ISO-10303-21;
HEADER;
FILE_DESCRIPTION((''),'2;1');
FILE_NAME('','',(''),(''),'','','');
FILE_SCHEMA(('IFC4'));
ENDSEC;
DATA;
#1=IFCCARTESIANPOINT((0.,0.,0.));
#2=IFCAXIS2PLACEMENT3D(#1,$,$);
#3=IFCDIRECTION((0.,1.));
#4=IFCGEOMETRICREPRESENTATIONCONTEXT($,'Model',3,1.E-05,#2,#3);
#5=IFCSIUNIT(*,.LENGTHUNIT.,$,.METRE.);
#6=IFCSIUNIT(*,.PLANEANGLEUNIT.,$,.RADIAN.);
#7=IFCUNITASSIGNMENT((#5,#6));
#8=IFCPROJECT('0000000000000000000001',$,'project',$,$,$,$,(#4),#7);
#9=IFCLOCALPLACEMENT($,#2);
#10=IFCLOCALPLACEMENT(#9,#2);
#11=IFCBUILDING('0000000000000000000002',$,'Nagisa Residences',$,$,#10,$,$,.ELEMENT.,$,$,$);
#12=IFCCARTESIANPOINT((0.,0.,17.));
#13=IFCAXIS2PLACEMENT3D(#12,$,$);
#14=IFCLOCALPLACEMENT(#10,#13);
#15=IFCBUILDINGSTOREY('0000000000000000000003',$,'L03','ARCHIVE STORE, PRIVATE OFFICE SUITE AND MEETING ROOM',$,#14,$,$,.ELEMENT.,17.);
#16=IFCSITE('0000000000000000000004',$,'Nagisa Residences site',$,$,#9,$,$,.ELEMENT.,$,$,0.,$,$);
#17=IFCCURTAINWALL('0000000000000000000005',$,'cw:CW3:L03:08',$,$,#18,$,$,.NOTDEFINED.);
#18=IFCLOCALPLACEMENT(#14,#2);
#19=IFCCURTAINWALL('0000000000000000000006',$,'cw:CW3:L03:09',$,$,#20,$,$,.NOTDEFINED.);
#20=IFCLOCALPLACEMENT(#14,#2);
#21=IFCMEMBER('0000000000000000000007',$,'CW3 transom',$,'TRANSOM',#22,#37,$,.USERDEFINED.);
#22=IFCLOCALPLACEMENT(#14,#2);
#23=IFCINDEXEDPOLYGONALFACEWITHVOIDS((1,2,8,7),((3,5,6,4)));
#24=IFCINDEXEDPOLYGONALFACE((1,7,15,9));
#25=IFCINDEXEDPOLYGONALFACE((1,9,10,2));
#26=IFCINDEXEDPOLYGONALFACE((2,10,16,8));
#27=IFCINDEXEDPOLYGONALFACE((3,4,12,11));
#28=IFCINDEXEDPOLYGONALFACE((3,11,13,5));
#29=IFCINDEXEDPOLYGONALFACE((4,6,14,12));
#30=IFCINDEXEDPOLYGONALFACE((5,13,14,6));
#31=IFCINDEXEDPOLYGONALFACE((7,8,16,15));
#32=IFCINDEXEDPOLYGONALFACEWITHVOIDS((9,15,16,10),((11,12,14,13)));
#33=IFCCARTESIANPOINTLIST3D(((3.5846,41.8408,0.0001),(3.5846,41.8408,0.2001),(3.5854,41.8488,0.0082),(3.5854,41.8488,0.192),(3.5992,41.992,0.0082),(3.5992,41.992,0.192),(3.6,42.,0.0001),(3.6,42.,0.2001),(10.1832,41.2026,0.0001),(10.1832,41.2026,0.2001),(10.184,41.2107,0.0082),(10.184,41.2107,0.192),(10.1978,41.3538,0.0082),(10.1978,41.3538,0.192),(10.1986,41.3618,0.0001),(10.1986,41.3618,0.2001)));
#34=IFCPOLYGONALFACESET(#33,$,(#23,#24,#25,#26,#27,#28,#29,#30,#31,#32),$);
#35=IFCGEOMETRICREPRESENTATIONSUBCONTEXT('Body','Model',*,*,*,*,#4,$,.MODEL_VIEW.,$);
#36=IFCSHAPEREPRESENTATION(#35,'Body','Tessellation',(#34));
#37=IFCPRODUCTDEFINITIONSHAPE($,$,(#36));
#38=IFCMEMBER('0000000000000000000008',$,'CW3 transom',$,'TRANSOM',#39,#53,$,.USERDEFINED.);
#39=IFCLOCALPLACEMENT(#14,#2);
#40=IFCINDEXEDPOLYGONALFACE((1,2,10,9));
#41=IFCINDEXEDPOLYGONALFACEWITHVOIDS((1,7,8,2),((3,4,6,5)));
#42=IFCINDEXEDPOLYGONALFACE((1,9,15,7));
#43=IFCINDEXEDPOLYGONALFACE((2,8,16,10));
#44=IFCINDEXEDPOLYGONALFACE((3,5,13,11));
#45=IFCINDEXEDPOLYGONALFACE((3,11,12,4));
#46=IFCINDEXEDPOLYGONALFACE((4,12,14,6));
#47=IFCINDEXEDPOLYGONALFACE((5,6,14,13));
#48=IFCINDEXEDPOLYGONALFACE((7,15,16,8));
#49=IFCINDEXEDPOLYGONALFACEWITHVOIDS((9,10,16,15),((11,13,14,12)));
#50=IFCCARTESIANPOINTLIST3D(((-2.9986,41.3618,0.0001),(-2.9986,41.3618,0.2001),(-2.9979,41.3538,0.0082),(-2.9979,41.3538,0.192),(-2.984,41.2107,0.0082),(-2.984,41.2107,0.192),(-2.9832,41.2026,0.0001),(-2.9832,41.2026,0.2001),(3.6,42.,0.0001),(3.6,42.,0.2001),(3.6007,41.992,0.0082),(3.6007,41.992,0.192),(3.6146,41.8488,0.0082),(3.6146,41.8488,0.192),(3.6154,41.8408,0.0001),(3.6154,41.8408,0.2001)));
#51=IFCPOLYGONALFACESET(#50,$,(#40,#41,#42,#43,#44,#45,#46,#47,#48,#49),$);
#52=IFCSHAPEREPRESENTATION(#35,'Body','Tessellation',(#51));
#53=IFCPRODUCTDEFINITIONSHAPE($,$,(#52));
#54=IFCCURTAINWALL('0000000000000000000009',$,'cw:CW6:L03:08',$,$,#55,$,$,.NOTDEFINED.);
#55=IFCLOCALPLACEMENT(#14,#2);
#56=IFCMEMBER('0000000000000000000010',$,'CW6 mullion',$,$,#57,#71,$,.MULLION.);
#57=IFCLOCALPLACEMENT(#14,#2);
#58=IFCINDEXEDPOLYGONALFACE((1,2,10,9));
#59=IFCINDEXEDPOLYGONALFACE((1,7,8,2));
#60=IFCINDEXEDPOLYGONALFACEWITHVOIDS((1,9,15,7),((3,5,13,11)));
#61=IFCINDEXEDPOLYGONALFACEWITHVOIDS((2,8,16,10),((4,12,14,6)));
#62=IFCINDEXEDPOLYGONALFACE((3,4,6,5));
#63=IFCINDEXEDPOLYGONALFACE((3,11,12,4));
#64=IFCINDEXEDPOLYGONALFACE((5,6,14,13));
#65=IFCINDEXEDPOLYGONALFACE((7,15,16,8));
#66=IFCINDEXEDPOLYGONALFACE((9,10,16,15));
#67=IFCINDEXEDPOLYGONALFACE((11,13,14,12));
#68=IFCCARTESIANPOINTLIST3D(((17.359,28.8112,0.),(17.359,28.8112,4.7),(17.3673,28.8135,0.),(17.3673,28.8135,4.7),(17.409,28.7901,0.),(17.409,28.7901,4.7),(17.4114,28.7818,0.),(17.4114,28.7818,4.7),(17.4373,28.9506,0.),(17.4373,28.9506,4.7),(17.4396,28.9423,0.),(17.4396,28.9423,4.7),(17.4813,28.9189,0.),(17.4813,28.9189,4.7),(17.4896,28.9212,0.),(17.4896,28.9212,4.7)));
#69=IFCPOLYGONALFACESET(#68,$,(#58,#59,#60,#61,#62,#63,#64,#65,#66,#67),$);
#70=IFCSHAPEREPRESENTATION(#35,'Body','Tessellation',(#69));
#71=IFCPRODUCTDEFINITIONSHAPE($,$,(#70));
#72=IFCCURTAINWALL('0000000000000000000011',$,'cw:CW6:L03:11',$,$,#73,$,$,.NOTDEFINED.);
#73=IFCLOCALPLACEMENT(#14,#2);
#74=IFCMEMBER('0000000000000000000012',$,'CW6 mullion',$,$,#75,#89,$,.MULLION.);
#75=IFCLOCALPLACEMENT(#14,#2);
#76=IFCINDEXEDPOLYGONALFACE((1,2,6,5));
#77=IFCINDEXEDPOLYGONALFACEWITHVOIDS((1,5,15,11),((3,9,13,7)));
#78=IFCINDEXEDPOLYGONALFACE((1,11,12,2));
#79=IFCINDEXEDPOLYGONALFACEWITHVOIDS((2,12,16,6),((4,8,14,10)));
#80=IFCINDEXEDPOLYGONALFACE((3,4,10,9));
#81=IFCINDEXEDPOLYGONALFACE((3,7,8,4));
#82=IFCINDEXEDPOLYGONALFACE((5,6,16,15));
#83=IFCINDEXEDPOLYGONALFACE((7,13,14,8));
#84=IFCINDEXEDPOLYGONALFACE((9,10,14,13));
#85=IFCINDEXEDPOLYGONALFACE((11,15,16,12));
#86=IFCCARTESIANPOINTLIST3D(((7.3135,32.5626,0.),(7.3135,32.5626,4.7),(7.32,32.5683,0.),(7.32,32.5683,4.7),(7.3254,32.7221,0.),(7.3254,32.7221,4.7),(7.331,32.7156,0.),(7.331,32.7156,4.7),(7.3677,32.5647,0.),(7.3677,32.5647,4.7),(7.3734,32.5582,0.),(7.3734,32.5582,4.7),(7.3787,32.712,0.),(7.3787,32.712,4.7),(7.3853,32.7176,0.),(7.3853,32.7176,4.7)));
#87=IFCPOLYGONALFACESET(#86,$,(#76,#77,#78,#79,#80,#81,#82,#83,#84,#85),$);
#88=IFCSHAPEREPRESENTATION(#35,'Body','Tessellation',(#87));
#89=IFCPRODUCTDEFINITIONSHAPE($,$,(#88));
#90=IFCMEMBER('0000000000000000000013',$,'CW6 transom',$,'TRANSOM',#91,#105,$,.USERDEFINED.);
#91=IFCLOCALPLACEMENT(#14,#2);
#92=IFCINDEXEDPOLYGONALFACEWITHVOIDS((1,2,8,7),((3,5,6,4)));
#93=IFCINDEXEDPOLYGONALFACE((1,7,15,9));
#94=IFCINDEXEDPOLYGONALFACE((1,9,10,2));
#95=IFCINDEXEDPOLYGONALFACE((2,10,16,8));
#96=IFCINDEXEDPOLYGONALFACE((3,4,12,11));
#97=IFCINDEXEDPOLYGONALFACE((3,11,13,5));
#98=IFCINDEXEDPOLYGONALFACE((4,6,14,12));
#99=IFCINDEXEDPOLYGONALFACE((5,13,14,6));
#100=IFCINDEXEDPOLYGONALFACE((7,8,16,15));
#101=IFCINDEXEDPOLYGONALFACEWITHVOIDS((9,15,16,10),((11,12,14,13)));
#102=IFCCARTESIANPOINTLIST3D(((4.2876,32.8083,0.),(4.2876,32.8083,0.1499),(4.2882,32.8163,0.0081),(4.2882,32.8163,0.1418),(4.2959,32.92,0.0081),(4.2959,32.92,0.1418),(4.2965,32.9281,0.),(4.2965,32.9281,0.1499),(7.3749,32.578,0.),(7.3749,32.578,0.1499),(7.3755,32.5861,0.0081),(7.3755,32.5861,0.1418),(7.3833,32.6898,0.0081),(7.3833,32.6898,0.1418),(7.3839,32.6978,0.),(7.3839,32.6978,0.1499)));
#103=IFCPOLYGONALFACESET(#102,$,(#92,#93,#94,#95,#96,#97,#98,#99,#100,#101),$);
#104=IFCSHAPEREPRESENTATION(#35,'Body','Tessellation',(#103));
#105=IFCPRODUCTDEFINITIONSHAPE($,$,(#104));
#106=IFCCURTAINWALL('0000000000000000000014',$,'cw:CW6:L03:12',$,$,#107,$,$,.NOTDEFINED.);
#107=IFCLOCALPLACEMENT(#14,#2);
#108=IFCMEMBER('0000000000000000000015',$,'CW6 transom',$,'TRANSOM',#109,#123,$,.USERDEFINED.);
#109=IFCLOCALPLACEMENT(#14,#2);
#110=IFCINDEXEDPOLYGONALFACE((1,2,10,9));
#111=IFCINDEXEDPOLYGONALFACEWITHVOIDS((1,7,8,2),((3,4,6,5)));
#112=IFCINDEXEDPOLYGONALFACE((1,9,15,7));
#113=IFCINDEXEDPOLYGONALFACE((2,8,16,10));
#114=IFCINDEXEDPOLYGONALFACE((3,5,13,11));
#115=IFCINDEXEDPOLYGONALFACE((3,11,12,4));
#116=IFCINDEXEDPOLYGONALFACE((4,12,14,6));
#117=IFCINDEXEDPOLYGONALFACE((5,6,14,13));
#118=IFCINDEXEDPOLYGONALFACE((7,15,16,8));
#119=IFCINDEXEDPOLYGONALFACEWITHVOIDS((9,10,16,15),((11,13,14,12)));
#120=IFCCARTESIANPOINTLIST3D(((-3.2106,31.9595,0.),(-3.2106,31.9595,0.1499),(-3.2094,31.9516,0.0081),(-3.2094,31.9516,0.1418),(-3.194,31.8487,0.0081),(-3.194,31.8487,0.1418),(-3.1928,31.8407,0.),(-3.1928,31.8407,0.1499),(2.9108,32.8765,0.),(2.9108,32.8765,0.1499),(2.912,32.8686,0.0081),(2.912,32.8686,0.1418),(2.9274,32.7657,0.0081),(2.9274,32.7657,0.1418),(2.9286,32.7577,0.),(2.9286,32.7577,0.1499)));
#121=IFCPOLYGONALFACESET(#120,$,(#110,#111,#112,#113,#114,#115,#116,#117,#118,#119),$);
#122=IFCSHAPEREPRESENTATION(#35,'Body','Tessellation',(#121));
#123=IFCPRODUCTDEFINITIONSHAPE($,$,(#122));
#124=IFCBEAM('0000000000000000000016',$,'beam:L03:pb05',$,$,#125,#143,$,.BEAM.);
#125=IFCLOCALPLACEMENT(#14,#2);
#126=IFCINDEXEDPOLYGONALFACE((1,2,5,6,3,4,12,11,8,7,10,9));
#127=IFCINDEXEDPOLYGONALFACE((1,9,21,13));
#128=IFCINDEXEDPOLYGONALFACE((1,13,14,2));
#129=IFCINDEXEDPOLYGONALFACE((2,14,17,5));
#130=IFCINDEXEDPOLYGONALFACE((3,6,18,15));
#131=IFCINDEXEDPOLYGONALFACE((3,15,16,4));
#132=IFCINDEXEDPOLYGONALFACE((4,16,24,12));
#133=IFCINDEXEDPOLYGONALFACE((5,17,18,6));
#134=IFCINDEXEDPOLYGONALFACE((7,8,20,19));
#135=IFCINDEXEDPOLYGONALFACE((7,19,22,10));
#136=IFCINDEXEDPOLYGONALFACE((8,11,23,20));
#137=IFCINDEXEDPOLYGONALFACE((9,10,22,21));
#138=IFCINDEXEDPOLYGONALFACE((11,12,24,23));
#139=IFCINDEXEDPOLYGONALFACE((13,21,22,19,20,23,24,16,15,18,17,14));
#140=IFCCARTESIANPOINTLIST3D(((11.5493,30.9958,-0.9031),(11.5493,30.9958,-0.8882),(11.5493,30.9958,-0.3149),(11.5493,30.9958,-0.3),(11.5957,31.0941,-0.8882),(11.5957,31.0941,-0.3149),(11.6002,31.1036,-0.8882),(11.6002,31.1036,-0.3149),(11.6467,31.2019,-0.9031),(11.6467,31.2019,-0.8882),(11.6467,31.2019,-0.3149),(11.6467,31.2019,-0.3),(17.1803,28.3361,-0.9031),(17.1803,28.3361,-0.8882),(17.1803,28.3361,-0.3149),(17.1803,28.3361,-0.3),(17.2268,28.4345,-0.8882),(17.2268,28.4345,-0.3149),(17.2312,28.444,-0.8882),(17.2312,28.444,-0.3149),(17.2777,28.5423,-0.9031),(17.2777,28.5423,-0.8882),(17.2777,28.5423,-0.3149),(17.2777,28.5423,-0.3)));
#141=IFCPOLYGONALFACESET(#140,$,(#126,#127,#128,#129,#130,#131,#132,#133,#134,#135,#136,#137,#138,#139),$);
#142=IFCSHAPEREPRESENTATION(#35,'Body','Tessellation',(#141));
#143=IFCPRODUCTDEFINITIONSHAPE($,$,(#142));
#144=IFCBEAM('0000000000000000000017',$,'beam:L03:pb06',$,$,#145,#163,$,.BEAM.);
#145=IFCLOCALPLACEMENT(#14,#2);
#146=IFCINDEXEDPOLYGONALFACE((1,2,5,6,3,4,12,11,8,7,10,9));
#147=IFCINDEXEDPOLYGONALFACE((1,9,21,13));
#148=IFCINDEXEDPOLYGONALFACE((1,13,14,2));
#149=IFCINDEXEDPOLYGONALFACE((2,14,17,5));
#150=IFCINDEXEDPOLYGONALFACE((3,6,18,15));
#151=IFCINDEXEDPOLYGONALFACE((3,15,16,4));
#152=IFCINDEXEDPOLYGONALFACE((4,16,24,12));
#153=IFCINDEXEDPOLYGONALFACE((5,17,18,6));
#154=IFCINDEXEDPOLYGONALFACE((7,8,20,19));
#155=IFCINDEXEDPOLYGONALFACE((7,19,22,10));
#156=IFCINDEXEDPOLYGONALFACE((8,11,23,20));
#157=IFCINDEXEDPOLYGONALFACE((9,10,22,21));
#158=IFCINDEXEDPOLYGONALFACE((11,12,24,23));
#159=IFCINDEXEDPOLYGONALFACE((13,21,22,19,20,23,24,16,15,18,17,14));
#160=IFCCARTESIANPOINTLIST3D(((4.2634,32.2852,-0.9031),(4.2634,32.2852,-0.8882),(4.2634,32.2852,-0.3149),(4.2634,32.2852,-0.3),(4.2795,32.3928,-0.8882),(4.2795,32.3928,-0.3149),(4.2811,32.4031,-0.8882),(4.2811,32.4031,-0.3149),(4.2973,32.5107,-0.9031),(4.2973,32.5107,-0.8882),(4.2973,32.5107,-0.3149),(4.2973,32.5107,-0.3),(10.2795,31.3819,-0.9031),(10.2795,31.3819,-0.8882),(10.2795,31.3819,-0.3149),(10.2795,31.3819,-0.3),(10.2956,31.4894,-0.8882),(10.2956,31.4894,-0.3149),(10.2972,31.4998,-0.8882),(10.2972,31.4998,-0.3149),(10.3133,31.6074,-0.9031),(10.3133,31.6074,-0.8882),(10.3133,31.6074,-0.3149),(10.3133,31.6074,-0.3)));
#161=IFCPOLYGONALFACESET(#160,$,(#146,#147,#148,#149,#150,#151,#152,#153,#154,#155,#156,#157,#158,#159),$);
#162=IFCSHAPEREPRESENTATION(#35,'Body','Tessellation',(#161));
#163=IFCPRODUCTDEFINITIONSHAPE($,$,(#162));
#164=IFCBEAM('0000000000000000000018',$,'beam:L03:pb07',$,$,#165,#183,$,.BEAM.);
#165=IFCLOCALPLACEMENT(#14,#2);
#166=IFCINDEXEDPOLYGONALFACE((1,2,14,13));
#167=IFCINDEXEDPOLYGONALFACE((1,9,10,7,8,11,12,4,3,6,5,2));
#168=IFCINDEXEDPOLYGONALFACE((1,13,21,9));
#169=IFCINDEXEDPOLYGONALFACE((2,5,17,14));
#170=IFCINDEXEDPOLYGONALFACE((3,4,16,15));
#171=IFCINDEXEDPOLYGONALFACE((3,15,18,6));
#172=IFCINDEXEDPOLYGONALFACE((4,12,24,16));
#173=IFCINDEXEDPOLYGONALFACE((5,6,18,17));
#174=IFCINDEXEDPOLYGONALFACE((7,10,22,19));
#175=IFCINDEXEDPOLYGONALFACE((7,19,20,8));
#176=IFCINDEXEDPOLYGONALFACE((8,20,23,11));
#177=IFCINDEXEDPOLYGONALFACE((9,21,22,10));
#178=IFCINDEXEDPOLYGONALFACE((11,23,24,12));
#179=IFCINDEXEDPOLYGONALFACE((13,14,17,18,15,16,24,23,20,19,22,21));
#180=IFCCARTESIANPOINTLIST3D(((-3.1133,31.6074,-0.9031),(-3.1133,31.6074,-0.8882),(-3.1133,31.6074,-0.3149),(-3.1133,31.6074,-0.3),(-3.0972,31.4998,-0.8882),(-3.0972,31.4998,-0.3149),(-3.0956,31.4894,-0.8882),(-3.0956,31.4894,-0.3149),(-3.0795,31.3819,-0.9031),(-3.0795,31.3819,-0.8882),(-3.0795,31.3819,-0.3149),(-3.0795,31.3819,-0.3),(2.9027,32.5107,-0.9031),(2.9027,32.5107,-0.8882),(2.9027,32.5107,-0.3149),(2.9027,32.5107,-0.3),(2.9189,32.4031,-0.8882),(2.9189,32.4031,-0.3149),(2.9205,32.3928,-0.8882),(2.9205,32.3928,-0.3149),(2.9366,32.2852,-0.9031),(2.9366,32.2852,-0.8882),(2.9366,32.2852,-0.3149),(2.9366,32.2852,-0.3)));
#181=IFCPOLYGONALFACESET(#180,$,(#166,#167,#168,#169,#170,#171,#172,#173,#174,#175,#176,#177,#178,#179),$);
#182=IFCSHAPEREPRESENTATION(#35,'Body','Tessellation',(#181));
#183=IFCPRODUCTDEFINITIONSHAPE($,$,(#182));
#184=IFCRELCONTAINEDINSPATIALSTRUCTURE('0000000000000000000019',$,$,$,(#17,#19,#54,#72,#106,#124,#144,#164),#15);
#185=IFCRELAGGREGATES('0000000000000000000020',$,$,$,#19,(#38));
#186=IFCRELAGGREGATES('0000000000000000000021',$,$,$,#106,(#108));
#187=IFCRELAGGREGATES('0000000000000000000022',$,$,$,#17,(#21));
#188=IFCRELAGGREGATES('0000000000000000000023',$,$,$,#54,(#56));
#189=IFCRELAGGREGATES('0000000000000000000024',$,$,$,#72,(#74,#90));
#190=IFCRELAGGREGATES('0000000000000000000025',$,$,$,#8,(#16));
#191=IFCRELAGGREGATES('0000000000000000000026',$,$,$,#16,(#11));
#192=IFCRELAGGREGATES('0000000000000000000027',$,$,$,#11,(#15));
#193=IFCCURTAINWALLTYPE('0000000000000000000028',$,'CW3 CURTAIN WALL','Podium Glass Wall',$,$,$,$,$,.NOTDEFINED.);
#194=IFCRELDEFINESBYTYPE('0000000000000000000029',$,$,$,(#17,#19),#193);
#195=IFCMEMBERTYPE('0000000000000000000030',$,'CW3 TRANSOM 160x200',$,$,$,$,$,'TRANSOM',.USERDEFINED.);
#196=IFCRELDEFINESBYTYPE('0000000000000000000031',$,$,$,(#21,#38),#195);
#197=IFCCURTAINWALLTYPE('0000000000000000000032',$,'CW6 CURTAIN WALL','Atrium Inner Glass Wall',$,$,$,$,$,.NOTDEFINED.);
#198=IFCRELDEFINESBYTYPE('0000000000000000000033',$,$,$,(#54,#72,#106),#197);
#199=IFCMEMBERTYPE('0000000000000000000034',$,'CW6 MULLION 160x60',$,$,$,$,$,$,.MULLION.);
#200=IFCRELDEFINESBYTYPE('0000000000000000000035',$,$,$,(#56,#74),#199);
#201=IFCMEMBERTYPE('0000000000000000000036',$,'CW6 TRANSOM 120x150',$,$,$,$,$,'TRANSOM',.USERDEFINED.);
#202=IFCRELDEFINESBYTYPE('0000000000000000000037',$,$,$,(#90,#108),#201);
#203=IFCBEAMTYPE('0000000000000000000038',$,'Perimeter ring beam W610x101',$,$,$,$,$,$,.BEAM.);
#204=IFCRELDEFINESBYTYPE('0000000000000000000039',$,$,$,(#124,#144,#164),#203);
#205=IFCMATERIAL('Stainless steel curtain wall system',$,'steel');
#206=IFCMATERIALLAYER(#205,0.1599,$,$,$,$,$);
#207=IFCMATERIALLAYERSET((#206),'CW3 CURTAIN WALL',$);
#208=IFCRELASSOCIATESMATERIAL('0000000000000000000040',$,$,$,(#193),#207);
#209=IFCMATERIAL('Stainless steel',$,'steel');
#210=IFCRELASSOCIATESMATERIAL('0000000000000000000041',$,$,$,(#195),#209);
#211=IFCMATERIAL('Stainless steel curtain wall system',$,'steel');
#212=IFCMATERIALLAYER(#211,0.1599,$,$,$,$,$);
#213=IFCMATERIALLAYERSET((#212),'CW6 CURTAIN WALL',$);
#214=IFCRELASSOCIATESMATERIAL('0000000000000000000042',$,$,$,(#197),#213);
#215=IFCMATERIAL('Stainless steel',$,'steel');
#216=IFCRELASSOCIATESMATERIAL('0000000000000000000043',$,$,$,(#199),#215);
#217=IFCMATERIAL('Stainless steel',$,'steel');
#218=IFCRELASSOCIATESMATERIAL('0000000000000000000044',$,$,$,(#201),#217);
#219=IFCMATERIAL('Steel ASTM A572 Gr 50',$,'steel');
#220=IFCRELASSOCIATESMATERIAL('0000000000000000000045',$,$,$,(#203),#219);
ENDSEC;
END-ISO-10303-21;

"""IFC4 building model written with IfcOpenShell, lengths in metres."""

from ifc_helpers import new_model, si_unit, direction, frame, origin, origin_2d, place, context, subcontext, project, spatial, hollow_rectangle, i_section, extrude, material, layer, layer_set, material_profile, profile_set, type_object, element, aggregate, save


model = new_model("IFC4")

# Units and contexts
model_context = context("Model", 3, precision=1e-05, world=origin(), true_north=direction((0.0, 1.0)))
body_context = subcontext(model_context, "Body", "Model", "MODEL_VIEW")
ifc_project = project(units=[si_unit("LENGTHUNIT", "METRE"), si_unit("PLANEANGLEUNIT", "RADIAN")], contexts=[model_context])

# Site, building, storey
site_placement = place(None, origin())
site = spatial("IfcSite", under=ifc_project, at=site_placement, Name="Nagisa Residences site", CompositionType="ELEMENT", RefElevation=0.0)
building_placement = place(site_placement, origin())
building = spatial("IfcBuilding", under=site, at=building_placement, Name="Nagisa Residences", CompositionType="ELEMENT")
storey_placement = place(building_placement, frame((0.0, 0.0, 17.0)))
storey = spatial("IfcBuildingStorey", under=building, at=storey_placement, Name="L03", Description="ARCHIVE STORE, PRIVATE OFFICE SUITE AND MEETING ROOM", CompositionType="ELEMENT", Elevation=17.0)

# Shared definitions
ifc_material_1 = material(Name="Stainless steel curtain wall system", Category="steel")
ifc_layer_1 = layer(ifc_material_1, 0.1599)
ifc_layer_set_1 = layer_set([ifc_layer_1], Name="CW3 CURTAIN WALL")
curtain_wall_type_1 = type_object("IfcCurtainWallType", Name="CW3 CURTAIN WALL", Description="Podium Glass Wall", PredefinedType="NOTDEFINED", material=ifc_layer_set_1)

# Curtain wall
curtain_wall_1_placement = place(storey_placement, origin())
curtain_wall_1 = element("IfcCurtainWall", 1, at=curtain_wall_1_placement, inside=storey, type_object=curtain_wall_type_1, Name="cw:CW3:L03:08", PredefinedType="NOTDEFINED")

# Curtain wall
curtain_wall_2_placement = place(storey_placement, origin())
curtain_wall_2 = element("IfcCurtainWall", 2, at=curtain_wall_2_placement, inside=storey, type_object=curtain_wall_type_1, Name="cw:CW3:L03:09", PredefinedType="NOTDEFINED")

# Members
ifc_material_2 = material(Name="Stainless steel", Category="steel")
ifc_material_profile_1 = material_profile(ifc_material_2, hollow_rectangle(XDim=0.1599, YDim=0.2, WallThickness=0.0081, at=origin_2d()), Name="CW3 TRANSOM 160x200")
ifc_profile_set_1 = profile_set([ifc_material_profile_1], Name="Stainless steel")
member_type_1 = type_object("IfcMemberType", Name="CW3 TRANSOM 160x200", ElementType="TRANSOM", PredefinedType="USERDEFINED", material=ifc_profile_set_1)
member_1_placement = place(storey_placement, frame((10.1909, 41.2822, 0.1001), z_axis=(-0.995356, 0.096265, 0.0), x_axis=(-0.096265, -0.995356, 0.0)))
member_1 = element("IfcMember", 3, at=member_1_placement, type_object=member_type_1, Name="CW3 transom", ObjectType="TRANSOM", PredefinedType="USERDEFINED", context=body_context, shape_type="SweptSolid", body=[
    extrude(hollow_rectangle(XDim=0.1599, YDim=0.2, WallThickness=0.0081, at=origin_2d()), origin(), (0.0, 0.0, 1.0), 6.6294),
])
member_2_placement = place(storey_placement, frame((3.6077, 41.9204, 0.1001), z_axis=(-0.995356, -0.096265, 0.0), x_axis=(0.096265, -0.995356, 0.0)))
member_2 = element("IfcMember", 4, at=member_2_placement, type_object=member_type_1, Name="CW3 transom", ObjectType="TRANSOM", PredefinedType="USERDEFINED", context=body_context, shape_type="SweptSolid", body=[
    extrude(hollow_rectangle(XDim=0.1599, YDim=0.2, WallThickness=0.0081, at=origin_2d()), origin(), (0.0, 0.0, 1.0), 6.6294),
])
aggregate(curtain_wall_2, [member_2])

# Curtain wall, member
ifc_material_3 = material(Name="Stainless steel curtain wall system", Category="steel")
ifc_layer_2 = layer(ifc_material_3, 0.1599)
ifc_layer_set_2 = layer_set([ifc_layer_2], Name="CW6 CURTAIN WALL")
curtain_wall_type_2 = type_object("IfcCurtainWallType", Name="CW6 CURTAIN WALL", Description="Atrium Inner Glass Wall", PredefinedType="NOTDEFINED", material=ifc_layer_set_2)
curtain_wall_3_placement = place(storey_placement, origin())
curtain_wall_3 = element("IfcCurtainWall", 5, at=curtain_wall_3_placement, inside=storey, type_object=curtain_wall_type_2, Name="cw:CW6:L03:08", PredefinedType="NOTDEFINED")
ifc_material_4 = material(Name="Stainless steel", Category="steel")
ifc_material_profile_2 = material_profile(ifc_material_4, hollow_rectangle(XDim=0.1599, YDim=0.0601, WallThickness=0.0061, at=origin_2d()), Name="CW6 MULLION 160x60")
ifc_profile_set_2 = profile_set([ifc_material_profile_2], Name="Stainless steel")
member_type_2 = type_object("IfcMemberType", Name="CW6 MULLION 160x60", PredefinedType="MULLION", material=ifc_profile_set_2)
member_3_placement = place(storey_placement, frame((17.4243, 28.8662, 0.0), z_axis=(0.0, 0.0, 1.0), x_axis=(-0.489377, -0.872072, 0.0)))
member_3 = element("IfcMember", 6, at=member_3_placement, type_object=member_type_2, Name="CW6 mullion", PredefinedType="MULLION", context=body_context, shape_type="SweptSolid", body=[
    extrude(hollow_rectangle(XDim=0.1599, YDim=0.0601, WallThickness=0.0061, at=origin_2d()), origin(), (0.0, 0.0, 1.0), 4.7),
])

# Curtain wall, members
curtain_wall_4_placement = place(storey_placement, origin())
curtain_wall_4 = element("IfcCurtainWall", 7, at=curtain_wall_4_placement, inside=storey, type_object=curtain_wall_type_2, Name="cw:CW6:L03:11", PredefinedType="NOTDEFINED")
member_4_placement = place(storey_placement, frame((7.3494, 32.6401, 0.0), z_axis=(0.0, 0.0, 1.0), x_axis=(-0.074377, -0.99723, 0.0)))
member_4 = element("IfcMember", 8, at=member_4_placement, type_object=member_type_2, Name="CW6 mullion", PredefinedType="MULLION", context=body_context, shape_type="SweptSolid", body=[
    extrude(hollow_rectangle(XDim=0.1599, YDim=0.0601, WallThickness=0.0061, at=origin_2d()), origin(), (0.0, 0.0, 1.0), 4.7),
])
ifc_material_5 = material(Name="Stainless steel", Category="steel")
ifc_material_profile_3 = material_profile(ifc_material_5, hollow_rectangle(XDim=0.1201, YDim=0.1499, WallThickness=0.0081, at=origin_2d()), Name="CW6 TRANSOM 120x150")
ifc_profile_set_3 = profile_set([ifc_material_profile_3], Name="Stainless steel")
member_type_3 = type_object("IfcMemberType", Name="CW6 TRANSOM 120x150", ElementType="TRANSOM", PredefinedType="USERDEFINED", material=ifc_profile_set_3)
member_5_placement = place(storey_placement, frame((7.3794, 32.6379, 0.075), z_axis=(-0.997231, 0.074363, 0.0), x_axis=(-0.074363, -0.997231, 0.0)))
member_5 = element("IfcMember", 9, at=member_5_placement, type_object=member_type_3, Name="CW6 transom", ObjectType="TRANSOM", PredefinedType="USERDEFINED", context=body_context, shape_type="SweptSolid", body=[
    extrude(hollow_rectangle(XDim=0.1201, YDim=0.1499, WallThickness=0.0081, at=origin_2d()), origin(), (0.0, 0.0, 1.0), 3.0959),
])

# Curtain wall, member
curtain_wall_5_placement = place(storey_placement, origin())
curtain_wall_5 = element("IfcCurtainWall", 10, at=curtain_wall_5_placement, inside=storey, type_object=curtain_wall_type_2, Name="cw:CW6:L03:12", PredefinedType="NOTDEFINED")
member_6_placement = place(storey_placement, frame((2.9197, 32.8171, 0.075), z_axis=(-0.988965, -0.14815, 0.0), x_axis=(0.14815, -0.988965, 0.0)))
member_6 = element("IfcMember", 11, at=member_6_placement, type_object=member_type_3, Name="CW6 transom", ObjectType="TRANSOM", PredefinedType="USERDEFINED", context=body_context, shape_type="SweptSolid", body=[
    extrude(hollow_rectangle(XDim=0.1201, YDim=0.1499, WallThickness=0.0081, at=origin_2d()), origin(), (0.0, 0.0, 1.0), 6.1897),
])
aggregate(curtain_wall_5, [member_6])

# Beams
ifc_material_6 = material(Name="Steel ASTM A572 Gr 50", Category="steel")
ifc_material_profile_4 = material_profile(ifc_material_6, i_section(OverallWidth=0.228, OverallDepth=0.603, WebThickness=0.0105, FlangeThickness=0.0149, at=origin_2d()), Name="W610x101")
ifc_profile_set_4 = profile_set([ifc_material_profile_4], Name="Steel ASTM A572 Gr 50")
beam_type_1 = type_object("IfcBeamType", Name="Perimeter ring beam W610x101", PredefinedType="BEAM", material=ifc_profile_set_4)
beam_1_placement = place(storey_placement, frame((17.229, 28.4392, -0.6016), z_axis=(-0.904215, 0.427077, 0.0), x_axis=(-0.427077, -0.904215, 0.0)))
element("IfcBeam", 12, at=beam_1_placement, inside=storey, type_object=beam_type_1, Name="beam:L03:pb05", PredefinedType="BEAM", context=body_context, shape_type="SweptSolid", body=[
    extrude(i_section(OverallWidth=0.228, OverallDepth=0.603, WebThickness=0.0105, FlangeThickness=0.0149, at=origin_2d()), origin(), (0.0, 0.0, 1.0), 6.2275),
])
for number, where, z_axis, x_axis, name in (
    (13, (10.2964, 31.4946, -0.6016), (-0.988915, 0.148486, 0.0), (-0.148486, -0.988915, 0.0), "beam:L03:pb06"),
    (14, (2.9197, 32.3979, -0.6016), (-0.988915, -0.148486, 0.0), (0.148486, -0.988915, 0.0), "beam:L03:pb07"),
):
    element("IfcBeam", number, at=place(storey_placement, frame(where, z_axis=z_axis, x_axis=x_axis)), inside=storey, type_object=beam_type_1, Name=name, PredefinedType="BEAM", context=body_context, shape_type="SweptSolid", body=[
        extrude(i_section(OverallWidth=0.228, OverallDepth=0.603, WebThickness=0.0105, FlangeThickness=0.0149, at=origin_2d()), origin(), (0.0, 0.0, 1.0), 6.0835),
    ])

aggregate(curtain_wall_1, [member_1])
aggregate(curtain_wall_3, [member_3])
aggregate(curtain_wall_4, [member_4, member_5])

save(model, "model.ifc")
